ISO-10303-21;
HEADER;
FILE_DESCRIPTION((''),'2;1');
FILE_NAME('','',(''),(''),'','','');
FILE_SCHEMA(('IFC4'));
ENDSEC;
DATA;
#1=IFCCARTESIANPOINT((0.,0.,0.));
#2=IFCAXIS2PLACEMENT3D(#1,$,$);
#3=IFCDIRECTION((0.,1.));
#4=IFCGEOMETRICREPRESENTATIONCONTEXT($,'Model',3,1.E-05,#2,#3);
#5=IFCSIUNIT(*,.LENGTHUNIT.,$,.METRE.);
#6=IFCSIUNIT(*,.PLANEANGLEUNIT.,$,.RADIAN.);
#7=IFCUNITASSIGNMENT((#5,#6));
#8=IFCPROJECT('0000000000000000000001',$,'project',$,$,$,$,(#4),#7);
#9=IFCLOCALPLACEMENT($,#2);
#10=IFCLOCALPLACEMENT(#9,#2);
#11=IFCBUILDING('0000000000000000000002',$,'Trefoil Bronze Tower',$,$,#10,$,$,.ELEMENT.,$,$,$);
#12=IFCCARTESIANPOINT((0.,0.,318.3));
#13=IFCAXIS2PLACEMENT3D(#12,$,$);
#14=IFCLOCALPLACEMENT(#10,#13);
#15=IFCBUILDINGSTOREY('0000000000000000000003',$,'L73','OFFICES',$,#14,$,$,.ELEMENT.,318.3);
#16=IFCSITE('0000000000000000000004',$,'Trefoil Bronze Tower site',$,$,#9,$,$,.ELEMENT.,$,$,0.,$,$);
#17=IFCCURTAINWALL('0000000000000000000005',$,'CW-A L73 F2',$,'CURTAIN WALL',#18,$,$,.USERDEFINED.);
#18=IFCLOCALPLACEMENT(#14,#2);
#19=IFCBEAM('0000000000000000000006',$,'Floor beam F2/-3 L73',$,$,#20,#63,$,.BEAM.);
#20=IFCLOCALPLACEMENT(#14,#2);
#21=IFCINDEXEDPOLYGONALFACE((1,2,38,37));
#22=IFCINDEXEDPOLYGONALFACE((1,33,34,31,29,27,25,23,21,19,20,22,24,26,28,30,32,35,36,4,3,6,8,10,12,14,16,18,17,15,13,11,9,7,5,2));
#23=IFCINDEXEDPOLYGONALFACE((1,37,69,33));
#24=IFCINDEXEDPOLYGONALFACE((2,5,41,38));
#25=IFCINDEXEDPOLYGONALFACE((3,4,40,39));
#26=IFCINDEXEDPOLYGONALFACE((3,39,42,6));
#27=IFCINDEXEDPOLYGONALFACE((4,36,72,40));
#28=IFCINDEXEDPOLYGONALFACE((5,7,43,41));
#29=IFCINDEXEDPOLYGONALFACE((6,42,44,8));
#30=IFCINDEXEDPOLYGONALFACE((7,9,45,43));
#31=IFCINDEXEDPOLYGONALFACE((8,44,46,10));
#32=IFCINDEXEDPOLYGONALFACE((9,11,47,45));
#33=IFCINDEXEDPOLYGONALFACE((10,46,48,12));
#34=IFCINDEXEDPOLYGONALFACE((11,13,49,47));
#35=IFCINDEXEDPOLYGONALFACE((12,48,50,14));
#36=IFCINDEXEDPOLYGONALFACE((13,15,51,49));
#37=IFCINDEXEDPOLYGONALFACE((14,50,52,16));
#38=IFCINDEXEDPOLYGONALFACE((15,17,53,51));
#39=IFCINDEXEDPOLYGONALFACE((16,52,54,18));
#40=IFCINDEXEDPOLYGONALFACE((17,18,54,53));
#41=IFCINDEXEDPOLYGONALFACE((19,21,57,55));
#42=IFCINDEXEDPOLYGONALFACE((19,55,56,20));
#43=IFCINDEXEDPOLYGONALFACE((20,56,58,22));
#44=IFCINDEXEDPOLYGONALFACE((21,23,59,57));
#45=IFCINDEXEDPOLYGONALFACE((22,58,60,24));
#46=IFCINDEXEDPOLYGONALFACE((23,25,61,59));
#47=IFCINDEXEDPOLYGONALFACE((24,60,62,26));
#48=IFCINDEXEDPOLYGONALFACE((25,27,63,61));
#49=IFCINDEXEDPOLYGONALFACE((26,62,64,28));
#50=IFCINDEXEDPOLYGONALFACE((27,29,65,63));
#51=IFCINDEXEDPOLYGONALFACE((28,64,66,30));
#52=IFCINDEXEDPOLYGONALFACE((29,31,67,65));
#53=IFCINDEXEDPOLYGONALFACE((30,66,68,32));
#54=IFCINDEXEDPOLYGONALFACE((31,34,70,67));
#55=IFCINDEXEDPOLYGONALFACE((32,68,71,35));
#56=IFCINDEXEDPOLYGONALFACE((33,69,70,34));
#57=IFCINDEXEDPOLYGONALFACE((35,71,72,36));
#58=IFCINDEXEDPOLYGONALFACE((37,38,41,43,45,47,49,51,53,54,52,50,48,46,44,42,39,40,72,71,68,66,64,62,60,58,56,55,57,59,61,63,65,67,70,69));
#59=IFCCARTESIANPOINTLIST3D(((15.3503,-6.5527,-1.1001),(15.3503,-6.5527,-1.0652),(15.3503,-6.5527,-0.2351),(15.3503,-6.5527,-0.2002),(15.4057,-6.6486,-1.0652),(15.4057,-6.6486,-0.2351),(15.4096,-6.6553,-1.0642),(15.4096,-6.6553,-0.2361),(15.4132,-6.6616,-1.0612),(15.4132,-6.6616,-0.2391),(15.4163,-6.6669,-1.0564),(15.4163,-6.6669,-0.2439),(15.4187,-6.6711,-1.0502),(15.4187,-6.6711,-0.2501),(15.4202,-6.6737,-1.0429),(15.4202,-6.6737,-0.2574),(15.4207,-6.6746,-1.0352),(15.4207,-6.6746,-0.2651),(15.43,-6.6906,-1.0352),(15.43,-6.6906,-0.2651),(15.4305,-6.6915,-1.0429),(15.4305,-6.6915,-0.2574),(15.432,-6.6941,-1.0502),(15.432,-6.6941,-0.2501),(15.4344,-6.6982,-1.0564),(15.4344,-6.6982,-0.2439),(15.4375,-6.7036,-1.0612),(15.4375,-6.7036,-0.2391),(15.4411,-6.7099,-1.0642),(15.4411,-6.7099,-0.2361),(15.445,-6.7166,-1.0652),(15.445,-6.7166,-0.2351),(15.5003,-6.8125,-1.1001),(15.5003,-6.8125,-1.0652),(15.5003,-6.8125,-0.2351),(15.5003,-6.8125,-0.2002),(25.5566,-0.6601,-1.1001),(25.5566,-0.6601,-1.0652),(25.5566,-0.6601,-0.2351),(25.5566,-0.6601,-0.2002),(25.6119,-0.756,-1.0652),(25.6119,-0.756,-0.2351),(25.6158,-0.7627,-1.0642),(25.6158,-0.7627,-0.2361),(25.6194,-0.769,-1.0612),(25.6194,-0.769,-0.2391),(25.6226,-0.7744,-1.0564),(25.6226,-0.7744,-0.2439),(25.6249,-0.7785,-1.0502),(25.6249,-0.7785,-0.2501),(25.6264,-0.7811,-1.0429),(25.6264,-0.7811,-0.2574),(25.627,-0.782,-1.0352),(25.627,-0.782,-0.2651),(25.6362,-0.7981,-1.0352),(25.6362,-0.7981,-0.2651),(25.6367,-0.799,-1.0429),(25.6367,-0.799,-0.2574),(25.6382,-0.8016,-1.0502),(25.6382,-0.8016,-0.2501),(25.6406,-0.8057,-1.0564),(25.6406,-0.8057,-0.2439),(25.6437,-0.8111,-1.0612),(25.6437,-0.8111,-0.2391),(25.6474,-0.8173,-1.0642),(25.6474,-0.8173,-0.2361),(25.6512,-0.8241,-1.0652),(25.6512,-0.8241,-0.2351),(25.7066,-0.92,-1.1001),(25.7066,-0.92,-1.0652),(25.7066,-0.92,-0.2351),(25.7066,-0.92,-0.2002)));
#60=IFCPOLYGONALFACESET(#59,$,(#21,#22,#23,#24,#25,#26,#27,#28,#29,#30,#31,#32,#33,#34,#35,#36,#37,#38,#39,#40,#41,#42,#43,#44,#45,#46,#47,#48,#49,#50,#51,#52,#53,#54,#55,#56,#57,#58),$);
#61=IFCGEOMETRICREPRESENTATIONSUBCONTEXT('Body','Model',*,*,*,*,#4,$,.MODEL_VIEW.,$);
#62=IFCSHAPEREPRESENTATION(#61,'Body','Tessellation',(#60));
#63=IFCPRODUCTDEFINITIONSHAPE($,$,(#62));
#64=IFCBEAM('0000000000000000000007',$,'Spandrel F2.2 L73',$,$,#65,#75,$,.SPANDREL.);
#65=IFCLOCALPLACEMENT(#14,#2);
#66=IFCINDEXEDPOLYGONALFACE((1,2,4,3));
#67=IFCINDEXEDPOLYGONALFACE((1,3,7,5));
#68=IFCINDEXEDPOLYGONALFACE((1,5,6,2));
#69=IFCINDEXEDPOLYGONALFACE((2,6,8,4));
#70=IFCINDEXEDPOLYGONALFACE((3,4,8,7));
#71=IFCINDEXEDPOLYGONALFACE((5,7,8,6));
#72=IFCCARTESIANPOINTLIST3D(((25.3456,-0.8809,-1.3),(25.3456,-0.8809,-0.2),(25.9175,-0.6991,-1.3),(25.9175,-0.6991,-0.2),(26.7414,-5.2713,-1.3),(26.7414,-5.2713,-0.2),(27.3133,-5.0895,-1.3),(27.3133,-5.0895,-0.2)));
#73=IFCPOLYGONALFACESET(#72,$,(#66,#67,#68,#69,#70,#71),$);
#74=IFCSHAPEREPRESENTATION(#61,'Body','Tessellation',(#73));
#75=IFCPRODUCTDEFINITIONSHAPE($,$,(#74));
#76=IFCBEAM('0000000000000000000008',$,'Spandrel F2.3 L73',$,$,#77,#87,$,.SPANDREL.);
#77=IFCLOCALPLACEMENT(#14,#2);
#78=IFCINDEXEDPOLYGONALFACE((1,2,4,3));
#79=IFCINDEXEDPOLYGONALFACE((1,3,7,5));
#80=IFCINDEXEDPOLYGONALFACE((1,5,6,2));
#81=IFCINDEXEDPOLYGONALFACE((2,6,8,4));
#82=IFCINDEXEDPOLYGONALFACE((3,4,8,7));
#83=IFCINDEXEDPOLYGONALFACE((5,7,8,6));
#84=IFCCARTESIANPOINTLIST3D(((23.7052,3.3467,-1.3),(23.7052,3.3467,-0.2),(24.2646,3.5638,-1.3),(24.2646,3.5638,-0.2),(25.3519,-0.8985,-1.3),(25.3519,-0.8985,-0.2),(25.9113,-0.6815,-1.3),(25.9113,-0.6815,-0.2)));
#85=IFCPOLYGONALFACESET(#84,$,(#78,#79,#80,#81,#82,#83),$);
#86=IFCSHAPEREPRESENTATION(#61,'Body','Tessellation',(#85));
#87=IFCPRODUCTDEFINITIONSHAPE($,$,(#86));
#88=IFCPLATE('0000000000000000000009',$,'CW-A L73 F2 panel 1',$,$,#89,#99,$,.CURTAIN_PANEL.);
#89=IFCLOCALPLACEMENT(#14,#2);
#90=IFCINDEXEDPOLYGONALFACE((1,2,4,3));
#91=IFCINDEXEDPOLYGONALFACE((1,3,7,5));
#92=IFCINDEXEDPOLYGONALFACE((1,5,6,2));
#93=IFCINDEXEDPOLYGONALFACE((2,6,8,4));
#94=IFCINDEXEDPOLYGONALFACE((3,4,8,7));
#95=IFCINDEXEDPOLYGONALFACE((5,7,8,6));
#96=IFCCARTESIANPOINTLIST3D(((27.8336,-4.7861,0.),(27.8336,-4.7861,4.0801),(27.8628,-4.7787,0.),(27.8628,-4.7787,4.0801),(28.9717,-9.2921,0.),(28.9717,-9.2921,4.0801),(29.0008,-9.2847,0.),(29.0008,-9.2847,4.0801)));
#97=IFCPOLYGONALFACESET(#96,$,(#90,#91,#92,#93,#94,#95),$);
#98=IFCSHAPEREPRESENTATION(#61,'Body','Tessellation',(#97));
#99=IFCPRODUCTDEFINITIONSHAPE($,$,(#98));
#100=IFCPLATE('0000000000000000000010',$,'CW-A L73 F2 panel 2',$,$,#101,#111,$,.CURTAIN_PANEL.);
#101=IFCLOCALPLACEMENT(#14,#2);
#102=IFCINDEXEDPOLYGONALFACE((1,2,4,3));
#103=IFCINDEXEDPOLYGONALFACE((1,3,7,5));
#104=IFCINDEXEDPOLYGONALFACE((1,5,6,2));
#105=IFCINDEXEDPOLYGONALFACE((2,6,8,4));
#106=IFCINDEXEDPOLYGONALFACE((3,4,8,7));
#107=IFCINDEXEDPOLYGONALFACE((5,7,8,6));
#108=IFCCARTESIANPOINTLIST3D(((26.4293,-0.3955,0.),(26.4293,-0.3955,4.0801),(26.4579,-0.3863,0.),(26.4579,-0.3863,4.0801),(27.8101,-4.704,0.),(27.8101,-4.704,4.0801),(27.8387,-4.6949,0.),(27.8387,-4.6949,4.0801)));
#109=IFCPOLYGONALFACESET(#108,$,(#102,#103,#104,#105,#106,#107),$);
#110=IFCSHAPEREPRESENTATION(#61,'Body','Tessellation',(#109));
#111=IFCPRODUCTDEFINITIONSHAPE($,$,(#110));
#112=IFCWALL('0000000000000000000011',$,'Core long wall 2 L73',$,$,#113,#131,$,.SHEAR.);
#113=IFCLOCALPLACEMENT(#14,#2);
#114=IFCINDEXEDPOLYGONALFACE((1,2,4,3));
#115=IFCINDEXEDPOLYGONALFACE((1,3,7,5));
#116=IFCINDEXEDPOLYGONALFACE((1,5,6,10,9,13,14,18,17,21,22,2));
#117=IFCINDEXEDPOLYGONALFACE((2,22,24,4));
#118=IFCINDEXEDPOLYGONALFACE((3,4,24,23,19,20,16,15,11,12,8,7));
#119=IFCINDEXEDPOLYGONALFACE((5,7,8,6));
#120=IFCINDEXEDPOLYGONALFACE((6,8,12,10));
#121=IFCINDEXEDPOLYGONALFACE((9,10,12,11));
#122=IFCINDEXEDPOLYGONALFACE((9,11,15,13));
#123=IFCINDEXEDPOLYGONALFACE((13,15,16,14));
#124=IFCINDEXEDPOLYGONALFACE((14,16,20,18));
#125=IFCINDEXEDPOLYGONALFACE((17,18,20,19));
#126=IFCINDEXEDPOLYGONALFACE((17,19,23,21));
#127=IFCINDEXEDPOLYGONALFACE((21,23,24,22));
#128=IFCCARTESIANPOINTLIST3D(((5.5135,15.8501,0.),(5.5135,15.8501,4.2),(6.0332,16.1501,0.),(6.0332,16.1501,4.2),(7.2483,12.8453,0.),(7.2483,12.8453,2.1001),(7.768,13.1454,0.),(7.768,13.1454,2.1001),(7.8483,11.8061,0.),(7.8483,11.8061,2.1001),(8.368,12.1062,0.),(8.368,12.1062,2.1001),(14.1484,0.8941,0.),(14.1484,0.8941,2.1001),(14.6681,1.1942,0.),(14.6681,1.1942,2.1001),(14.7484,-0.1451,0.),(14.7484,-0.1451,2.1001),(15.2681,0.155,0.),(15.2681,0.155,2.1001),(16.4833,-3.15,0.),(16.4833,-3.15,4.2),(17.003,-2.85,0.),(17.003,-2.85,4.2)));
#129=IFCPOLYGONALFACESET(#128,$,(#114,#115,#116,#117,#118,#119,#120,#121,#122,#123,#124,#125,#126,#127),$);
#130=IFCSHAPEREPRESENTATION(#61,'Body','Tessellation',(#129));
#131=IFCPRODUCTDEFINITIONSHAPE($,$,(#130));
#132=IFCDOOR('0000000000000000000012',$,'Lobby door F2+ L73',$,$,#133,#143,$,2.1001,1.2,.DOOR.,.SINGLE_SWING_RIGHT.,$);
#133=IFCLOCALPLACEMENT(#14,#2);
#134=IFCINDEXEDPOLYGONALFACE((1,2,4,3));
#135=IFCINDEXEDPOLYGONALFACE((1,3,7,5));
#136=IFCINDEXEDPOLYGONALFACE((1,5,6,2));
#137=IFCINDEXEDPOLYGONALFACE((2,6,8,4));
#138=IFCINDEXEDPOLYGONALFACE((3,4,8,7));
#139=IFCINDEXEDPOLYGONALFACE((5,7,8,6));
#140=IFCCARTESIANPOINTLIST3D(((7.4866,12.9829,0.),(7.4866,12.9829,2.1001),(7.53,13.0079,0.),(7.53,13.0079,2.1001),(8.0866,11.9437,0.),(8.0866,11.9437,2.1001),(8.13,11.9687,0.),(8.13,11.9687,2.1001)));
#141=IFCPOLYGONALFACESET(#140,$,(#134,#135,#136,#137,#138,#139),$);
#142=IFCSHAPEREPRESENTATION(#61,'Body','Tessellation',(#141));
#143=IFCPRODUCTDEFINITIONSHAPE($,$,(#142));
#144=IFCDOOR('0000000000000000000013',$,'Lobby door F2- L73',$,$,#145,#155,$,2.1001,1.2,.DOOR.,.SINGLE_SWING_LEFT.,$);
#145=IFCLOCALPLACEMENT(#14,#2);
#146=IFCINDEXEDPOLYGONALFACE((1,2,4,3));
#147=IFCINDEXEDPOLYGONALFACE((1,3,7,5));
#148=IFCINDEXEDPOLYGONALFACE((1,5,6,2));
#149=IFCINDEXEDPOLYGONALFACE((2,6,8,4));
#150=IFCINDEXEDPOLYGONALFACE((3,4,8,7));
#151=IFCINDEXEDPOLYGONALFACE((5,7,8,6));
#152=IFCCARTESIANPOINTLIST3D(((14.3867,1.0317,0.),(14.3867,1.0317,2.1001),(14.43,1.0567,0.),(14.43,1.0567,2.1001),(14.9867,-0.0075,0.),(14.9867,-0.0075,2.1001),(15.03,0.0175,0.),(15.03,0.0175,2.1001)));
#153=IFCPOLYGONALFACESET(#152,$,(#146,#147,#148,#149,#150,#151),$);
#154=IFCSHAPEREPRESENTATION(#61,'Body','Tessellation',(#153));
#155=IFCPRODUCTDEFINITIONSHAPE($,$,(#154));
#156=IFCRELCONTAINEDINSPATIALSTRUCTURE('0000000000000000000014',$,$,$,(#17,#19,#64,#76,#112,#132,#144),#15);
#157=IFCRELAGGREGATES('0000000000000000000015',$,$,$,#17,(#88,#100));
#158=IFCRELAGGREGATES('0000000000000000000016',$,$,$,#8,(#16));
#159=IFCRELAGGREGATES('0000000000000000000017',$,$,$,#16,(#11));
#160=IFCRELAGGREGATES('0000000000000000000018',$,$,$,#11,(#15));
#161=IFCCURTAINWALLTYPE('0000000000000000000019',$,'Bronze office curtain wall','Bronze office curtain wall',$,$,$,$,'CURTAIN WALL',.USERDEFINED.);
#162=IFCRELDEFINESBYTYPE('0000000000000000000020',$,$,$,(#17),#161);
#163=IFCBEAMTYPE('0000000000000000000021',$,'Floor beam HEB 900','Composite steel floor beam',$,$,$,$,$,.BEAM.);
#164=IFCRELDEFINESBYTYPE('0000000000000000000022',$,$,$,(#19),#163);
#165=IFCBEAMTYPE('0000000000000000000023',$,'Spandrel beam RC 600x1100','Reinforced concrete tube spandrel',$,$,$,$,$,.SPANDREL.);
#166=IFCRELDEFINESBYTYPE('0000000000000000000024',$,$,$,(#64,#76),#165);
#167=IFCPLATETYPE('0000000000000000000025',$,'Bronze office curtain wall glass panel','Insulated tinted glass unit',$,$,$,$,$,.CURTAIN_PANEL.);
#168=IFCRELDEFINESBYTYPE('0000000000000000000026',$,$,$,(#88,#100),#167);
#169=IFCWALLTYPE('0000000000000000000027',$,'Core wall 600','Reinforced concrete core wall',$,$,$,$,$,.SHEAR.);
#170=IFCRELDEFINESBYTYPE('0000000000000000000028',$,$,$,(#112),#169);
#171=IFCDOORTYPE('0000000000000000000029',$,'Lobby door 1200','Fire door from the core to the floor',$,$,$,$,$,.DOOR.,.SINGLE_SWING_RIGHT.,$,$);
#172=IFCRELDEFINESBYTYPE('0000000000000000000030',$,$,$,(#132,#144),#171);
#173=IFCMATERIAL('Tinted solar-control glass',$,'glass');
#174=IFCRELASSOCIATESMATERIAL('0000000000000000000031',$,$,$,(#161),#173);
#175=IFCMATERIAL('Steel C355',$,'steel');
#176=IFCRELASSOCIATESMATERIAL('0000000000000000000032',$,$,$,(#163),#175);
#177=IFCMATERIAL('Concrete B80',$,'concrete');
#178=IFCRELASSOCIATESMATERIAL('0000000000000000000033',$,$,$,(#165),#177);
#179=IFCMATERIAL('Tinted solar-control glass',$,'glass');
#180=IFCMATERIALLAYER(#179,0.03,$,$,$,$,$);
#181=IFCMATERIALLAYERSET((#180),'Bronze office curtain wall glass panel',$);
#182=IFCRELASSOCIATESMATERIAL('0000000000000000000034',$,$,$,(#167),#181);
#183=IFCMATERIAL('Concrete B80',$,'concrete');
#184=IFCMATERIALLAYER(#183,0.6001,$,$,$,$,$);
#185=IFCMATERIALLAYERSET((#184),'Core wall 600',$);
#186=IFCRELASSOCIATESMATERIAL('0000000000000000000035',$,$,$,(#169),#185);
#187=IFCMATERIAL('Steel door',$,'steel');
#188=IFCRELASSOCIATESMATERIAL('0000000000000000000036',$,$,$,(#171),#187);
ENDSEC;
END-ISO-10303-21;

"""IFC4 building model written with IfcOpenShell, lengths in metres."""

from ifc_helpers import new_model, si_unit, direction, frame, frame_2d, origin, origin_2d, place, context, subcontext, project, spatial, rectangle, i_section, extrude, material, layer, layer_set, material_profile, profile_set, type_object, element, fill, aggregate, save


model = new_model("IFC4")

# Units and contexts
model_context = context("Model", 3, precision=1e-05, world=origin(), true_north=direction((0.0, 1.0)))
body_context = subcontext(model_context, "Body", "Model", "MODEL_VIEW")
ifc_project = project(units=[si_unit("LENGTHUNIT", "METRE"), si_unit("PLANEANGLEUNIT", "RADIAN")], contexts=[model_context])

# Site, building, storey
site_placement = place(None, origin())
site = spatial("IfcSite", under=ifc_project, at=site_placement, Name="Trefoil Bronze Tower site", CompositionType="ELEMENT", RefElevation=0.0)
building_placement = place(site_placement, origin())
building = spatial("IfcBuilding", under=site, at=building_placement, Name="Trefoil Bronze Tower", CompositionType="ELEMENT")
storey_placement = place(building_placement, frame((0.0, 0.0, 318.3)))
storey = spatial("IfcBuildingStorey", under=building, at=storey_placement, Name="L73", Description="OFFICES", CompositionType="ELEMENT", Elevation=318.3)

# Curtain wall
ifc_material_1 = material(Name="Tinted solar-control glass", Category="glass")
curtain_wall_type_1 = type_object("IfcCurtainWallType", Name="Bronze office curtain wall", Description="Bronze office curtain wall", ElementType="CURTAIN WALL", PredefinedType="USERDEFINED", material=ifc_material_1)
curtain_wall_1_placement = place(storey_placement, origin())
curtain_wall_1 = element("IfcCurtainWall", 1, at=curtain_wall_1_placement, inside=storey, type_object=curtain_wall_type_1, Name="CW-A L73 F2", ObjectType="CURTAIN WALL", PredefinedType="USERDEFINED")

# Beams
ifc_material_2 = material(Name="Steel C355", Category="steel")
ifc_material_profile_1 = material_profile(ifc_material_2, i_section(OverallWidth=0.3, OverallDepth=0.8999, WebThickness=0.0186, FlangeThickness=0.0349, FilletRadius=0.03, at=origin_2d()), Name="HEB 900")
ifc_profile_set_1 = profile_set([ifc_material_profile_1], Name="Steel C355")
beam_type_1 = type_object("IfcBeamType", Name="Floor beam HEB 900", Description="Composite steel floor beam", PredefinedType="BEAM", material=ifc_profile_set_1)
beam_1_placement = place(storey_placement, frame((25.6316, -0.79, -0.6501), z_axis=(-0.866027, -0.499998, 0.0), x_axis=(0.499998, -0.866027, 0.0)))
element("IfcBeam", 2, at=beam_1_placement, inside=storey, type_object=beam_type_1, Name="Floor beam F2/-3 L73", PredefinedType="BEAM", context=body_context, shape_type="SweptSolid", body=[
    extrude(i_section(OverallWidth=0.3, OverallDepth=0.8999, WebThickness=0.0186, FlangeThickness=0.0349, FilletRadius=0.03, at=origin_2d()), origin(), (0.0, 0.0, 1.0), 11.7852),
])
ifc_material_3 = material(Name="Concrete B80", Category="concrete")
ifc_material_profile_2 = material_profile(ifc_material_3, rectangle(XDim=0.6001, YDim=1.1001, at=origin_2d()), Name="RC 600x1100")
ifc_profile_set_2 = profile_set([ifc_material_profile_2], Name="Concrete B80")
beam_type_2 = type_object("IfcBeamType", Name="Spandrel beam RC 600x1100", Description="Reinforced concrete tube spandrel", PredefinedType="SPANDREL", material=ifc_profile_set_2)
beam_2_placement = place(storey_placement, frame((27.0273, -5.1804, -0.75), z_axis=(-0.30297, 0.953, 0.0), x_axis=(-0.953, -0.30297, 0.0)))
element("IfcBeam", 3, at=beam_2_placement, inside=storey, type_object=beam_type_2, Name="Spandrel F2.2 L73", PredefinedType="SPANDREL", context=body_context, shape_type="SweptSolid", body=[
    extrude(rectangle(XDim=0.6001, YDim=1.1001, at=origin_2d()), origin(), (0.0, 0.0, 1.0), 4.6069),
])
beam_3_placement = place(storey_placement, frame((25.6316, -0.79, -0.75), z_axis=(-0.361636, 0.932319, 0.0), x_axis=(-0.932319, -0.361636, 0.0)))
element("IfcBeam", 4, at=beam_3_placement, inside=storey, type_object=beam_type_2, Name="Spandrel F2.3 L73", PredefinedType="SPANDREL", context=body_context, shape_type="SweptSolid", body=[
    extrude(rectangle(XDim=0.6001, YDim=1.1001, at=origin_2d()), origin(), (0.0, 0.0, 1.0), 4.5535),
])

# Plates
ifc_material_4 = material(Name="Tinted solar-control glass", Category="glass")
ifc_layer_1 = layer(ifc_material_4, 0.03)
ifc_layer_set_1 = layer_set([ifc_layer_1], Name="Bronze office curtain wall glass panel")
plate_type = type_object("IfcPlateType", Name="Bronze office curtain wall glass panel", Description="Insulated tinted glass unit", PredefinedType="CURTAIN_PANEL", material=ifc_layer_set_1)
plate_1_placement = place(storey_placement, frame((28.4172, -7.0354, 0.0), z_axis=(0.0, 0.0, 1.0), x_axis=(-0.24488, 0.969554, 0.0)))
plate_1 = element("IfcPlate", 5, at=plate_1_placement, type_object=plate_type, Name="CW-A L73 F2 panel 1", PredefinedType="CURTAIN_PANEL", context=body_context, shape_type="SweptSolid", body=[
    extrude(rectangle(XDim=4.6475, YDim=0.03, at=origin_2d()), origin(), (0.0, 0.0, 1.0), 4.0801),
])
plate_2_placement = place(storey_placement, frame((27.134, -2.5452, 0.0), z_axis=(0.0, 0.0, 1.0), x_axis=(-0.305188, 0.952292, 0.0)))
plate_2 = element("IfcPlate", 6, at=plate_2_placement, type_object=plate_type, Name="CW-A L73 F2 panel 2", PredefinedType="CURTAIN_PANEL", context=body_context, shape_type="SweptSolid", body=[
    extrude(rectangle(XDim=4.5244, YDim=0.03, at=origin_2d()), origin(), (0.0, 0.0, 1.0), 4.0801),
])
aggregate(curtain_wall_1, [plate_1, plate_2])

# Wall, openings, doors
ifc_material_5 = material(Name="Concrete B80", Category="concrete")
ifc_layer_2 = layer(ifc_material_5, 0.6001)
ifc_layer_set_2 = layer_set([ifc_layer_2], Name="Core wall 600")
wall_type_1 = type_object("IfcWallType", Name="Core wall 600", Description="Reinforced concrete core wall", PredefinedType="SHEAR", material=ifc_layer_set_2)
wall_1_placement = place(storey_placement, frame((16.7432, -3.0, 0.0), z_axis=(0.0, 0.0, 1.0), x_axis=(-0.500002, 0.866024, 0.0)))
wall_1 = element("IfcWall", 7, at=wall_1_placement, inside=storey, type_object=wall_type_1, Name="Core long wall 2 L73", PredefinedType="SHEAR", context=body_context, shape_type="SweptSolid", body=[
    extrude(rectangle(XDim=21.9395, YDim=0.6001, at=frame_2d((10.9697, 0.0))), origin(), (0.0, 0.0, 1.0), 4.2),
])
opening_1_placement = place(wall_1_placement, frame((17.2698, 0.0, 0.0)))
opening_1 = element("IfcOpeningElement", 8, at=opening_1_placement, cuts=wall_1, PredefinedType="OPENING", context=body_context, shape_type="SweptSolid", body=[
    extrude(rectangle(XDim=1.2, YDim=2.1001, at=frame_2d((0.6001, 1.05))), frame((0.0, 0.3101, 0.0), z_axis=(0.0, -1.0, 0.0), x_axis=(1.0, 0.0, 0.0)), (0.0, 0.0, 1.0), 0.6201),
])
opening_2_placement = place(wall_1_placement, frame((3.4697, 0.0, 0.0)))
opening_2 = element("IfcOpeningElement", 9, at=opening_2_placement, cuts=wall_1, PredefinedType="OPENING", context=body_context, shape_type="SweptSolid", body=[
    extrude(rectangle(XDim=1.2, YDim=2.1001, at=frame_2d((0.6001, 1.05))), frame((0.0, 0.3101, 0.0), z_axis=(0.0, -1.0, 0.0), x_axis=(1.0, 0.0, 0.0)), (0.0, 0.0, 1.0), 0.6201),
])
ifc_material_6 = material(Name="Steel door", Category="steel")
door_type_1 = type_object("IfcDoorType", Name="Lobby door 1200", Description="Fire door from the core to the floor", OperationType="SINGLE_SWING_RIGHT", PredefinedType="DOOR", material=ifc_material_6)
door_1_placement = place(opening_1_placement, origin())
door_1 = element("IfcDoor", 10, at=door_1_placement, inside=storey, type_object=door_type_1, Name="Lobby door F2+ L73", OperationType="SINGLE_SWING_RIGHT", OverallHeight=2.1001, OverallWidth=1.2, PredefinedType="DOOR", context=body_context, shape_type="SweptSolid", body=[
    extrude(rectangle(XDim=1.2, YDim=2.1001, at=frame_2d((0.6001, 1.05))), frame((0.0, 0.0249, 0.0), z_axis=(0.0, -1.0, 0.0), x_axis=(1.0, 0.0, 0.0)), (0.0, 0.0, 1.0), 0.05),
])
fill(opening_1, door_1)
door_2_placement = place(opening_2_placement, origin())
door_2 = element("IfcDoor", 11, at=door_2_placement, inside=storey, type_object=door_type_1, Name="Lobby door F2- L73", OperationType="SINGLE_SWING_LEFT", OverallHeight=2.1001, OverallWidth=1.2, PredefinedType="DOOR", context=body_context, shape_type="SweptSolid", body=[
    extrude(rectangle(XDim=1.2, YDim=2.1001, at=frame_2d((0.6001, 1.05))), frame((0.0, 0.0249, 0.0), z_axis=(0.0, -1.0, 0.0), x_axis=(1.0, 0.0, 0.0)), (0.0, 0.0, 1.0), 0.05),
])
fill(opening_2, door_2)

save(model, "model.ifc")
